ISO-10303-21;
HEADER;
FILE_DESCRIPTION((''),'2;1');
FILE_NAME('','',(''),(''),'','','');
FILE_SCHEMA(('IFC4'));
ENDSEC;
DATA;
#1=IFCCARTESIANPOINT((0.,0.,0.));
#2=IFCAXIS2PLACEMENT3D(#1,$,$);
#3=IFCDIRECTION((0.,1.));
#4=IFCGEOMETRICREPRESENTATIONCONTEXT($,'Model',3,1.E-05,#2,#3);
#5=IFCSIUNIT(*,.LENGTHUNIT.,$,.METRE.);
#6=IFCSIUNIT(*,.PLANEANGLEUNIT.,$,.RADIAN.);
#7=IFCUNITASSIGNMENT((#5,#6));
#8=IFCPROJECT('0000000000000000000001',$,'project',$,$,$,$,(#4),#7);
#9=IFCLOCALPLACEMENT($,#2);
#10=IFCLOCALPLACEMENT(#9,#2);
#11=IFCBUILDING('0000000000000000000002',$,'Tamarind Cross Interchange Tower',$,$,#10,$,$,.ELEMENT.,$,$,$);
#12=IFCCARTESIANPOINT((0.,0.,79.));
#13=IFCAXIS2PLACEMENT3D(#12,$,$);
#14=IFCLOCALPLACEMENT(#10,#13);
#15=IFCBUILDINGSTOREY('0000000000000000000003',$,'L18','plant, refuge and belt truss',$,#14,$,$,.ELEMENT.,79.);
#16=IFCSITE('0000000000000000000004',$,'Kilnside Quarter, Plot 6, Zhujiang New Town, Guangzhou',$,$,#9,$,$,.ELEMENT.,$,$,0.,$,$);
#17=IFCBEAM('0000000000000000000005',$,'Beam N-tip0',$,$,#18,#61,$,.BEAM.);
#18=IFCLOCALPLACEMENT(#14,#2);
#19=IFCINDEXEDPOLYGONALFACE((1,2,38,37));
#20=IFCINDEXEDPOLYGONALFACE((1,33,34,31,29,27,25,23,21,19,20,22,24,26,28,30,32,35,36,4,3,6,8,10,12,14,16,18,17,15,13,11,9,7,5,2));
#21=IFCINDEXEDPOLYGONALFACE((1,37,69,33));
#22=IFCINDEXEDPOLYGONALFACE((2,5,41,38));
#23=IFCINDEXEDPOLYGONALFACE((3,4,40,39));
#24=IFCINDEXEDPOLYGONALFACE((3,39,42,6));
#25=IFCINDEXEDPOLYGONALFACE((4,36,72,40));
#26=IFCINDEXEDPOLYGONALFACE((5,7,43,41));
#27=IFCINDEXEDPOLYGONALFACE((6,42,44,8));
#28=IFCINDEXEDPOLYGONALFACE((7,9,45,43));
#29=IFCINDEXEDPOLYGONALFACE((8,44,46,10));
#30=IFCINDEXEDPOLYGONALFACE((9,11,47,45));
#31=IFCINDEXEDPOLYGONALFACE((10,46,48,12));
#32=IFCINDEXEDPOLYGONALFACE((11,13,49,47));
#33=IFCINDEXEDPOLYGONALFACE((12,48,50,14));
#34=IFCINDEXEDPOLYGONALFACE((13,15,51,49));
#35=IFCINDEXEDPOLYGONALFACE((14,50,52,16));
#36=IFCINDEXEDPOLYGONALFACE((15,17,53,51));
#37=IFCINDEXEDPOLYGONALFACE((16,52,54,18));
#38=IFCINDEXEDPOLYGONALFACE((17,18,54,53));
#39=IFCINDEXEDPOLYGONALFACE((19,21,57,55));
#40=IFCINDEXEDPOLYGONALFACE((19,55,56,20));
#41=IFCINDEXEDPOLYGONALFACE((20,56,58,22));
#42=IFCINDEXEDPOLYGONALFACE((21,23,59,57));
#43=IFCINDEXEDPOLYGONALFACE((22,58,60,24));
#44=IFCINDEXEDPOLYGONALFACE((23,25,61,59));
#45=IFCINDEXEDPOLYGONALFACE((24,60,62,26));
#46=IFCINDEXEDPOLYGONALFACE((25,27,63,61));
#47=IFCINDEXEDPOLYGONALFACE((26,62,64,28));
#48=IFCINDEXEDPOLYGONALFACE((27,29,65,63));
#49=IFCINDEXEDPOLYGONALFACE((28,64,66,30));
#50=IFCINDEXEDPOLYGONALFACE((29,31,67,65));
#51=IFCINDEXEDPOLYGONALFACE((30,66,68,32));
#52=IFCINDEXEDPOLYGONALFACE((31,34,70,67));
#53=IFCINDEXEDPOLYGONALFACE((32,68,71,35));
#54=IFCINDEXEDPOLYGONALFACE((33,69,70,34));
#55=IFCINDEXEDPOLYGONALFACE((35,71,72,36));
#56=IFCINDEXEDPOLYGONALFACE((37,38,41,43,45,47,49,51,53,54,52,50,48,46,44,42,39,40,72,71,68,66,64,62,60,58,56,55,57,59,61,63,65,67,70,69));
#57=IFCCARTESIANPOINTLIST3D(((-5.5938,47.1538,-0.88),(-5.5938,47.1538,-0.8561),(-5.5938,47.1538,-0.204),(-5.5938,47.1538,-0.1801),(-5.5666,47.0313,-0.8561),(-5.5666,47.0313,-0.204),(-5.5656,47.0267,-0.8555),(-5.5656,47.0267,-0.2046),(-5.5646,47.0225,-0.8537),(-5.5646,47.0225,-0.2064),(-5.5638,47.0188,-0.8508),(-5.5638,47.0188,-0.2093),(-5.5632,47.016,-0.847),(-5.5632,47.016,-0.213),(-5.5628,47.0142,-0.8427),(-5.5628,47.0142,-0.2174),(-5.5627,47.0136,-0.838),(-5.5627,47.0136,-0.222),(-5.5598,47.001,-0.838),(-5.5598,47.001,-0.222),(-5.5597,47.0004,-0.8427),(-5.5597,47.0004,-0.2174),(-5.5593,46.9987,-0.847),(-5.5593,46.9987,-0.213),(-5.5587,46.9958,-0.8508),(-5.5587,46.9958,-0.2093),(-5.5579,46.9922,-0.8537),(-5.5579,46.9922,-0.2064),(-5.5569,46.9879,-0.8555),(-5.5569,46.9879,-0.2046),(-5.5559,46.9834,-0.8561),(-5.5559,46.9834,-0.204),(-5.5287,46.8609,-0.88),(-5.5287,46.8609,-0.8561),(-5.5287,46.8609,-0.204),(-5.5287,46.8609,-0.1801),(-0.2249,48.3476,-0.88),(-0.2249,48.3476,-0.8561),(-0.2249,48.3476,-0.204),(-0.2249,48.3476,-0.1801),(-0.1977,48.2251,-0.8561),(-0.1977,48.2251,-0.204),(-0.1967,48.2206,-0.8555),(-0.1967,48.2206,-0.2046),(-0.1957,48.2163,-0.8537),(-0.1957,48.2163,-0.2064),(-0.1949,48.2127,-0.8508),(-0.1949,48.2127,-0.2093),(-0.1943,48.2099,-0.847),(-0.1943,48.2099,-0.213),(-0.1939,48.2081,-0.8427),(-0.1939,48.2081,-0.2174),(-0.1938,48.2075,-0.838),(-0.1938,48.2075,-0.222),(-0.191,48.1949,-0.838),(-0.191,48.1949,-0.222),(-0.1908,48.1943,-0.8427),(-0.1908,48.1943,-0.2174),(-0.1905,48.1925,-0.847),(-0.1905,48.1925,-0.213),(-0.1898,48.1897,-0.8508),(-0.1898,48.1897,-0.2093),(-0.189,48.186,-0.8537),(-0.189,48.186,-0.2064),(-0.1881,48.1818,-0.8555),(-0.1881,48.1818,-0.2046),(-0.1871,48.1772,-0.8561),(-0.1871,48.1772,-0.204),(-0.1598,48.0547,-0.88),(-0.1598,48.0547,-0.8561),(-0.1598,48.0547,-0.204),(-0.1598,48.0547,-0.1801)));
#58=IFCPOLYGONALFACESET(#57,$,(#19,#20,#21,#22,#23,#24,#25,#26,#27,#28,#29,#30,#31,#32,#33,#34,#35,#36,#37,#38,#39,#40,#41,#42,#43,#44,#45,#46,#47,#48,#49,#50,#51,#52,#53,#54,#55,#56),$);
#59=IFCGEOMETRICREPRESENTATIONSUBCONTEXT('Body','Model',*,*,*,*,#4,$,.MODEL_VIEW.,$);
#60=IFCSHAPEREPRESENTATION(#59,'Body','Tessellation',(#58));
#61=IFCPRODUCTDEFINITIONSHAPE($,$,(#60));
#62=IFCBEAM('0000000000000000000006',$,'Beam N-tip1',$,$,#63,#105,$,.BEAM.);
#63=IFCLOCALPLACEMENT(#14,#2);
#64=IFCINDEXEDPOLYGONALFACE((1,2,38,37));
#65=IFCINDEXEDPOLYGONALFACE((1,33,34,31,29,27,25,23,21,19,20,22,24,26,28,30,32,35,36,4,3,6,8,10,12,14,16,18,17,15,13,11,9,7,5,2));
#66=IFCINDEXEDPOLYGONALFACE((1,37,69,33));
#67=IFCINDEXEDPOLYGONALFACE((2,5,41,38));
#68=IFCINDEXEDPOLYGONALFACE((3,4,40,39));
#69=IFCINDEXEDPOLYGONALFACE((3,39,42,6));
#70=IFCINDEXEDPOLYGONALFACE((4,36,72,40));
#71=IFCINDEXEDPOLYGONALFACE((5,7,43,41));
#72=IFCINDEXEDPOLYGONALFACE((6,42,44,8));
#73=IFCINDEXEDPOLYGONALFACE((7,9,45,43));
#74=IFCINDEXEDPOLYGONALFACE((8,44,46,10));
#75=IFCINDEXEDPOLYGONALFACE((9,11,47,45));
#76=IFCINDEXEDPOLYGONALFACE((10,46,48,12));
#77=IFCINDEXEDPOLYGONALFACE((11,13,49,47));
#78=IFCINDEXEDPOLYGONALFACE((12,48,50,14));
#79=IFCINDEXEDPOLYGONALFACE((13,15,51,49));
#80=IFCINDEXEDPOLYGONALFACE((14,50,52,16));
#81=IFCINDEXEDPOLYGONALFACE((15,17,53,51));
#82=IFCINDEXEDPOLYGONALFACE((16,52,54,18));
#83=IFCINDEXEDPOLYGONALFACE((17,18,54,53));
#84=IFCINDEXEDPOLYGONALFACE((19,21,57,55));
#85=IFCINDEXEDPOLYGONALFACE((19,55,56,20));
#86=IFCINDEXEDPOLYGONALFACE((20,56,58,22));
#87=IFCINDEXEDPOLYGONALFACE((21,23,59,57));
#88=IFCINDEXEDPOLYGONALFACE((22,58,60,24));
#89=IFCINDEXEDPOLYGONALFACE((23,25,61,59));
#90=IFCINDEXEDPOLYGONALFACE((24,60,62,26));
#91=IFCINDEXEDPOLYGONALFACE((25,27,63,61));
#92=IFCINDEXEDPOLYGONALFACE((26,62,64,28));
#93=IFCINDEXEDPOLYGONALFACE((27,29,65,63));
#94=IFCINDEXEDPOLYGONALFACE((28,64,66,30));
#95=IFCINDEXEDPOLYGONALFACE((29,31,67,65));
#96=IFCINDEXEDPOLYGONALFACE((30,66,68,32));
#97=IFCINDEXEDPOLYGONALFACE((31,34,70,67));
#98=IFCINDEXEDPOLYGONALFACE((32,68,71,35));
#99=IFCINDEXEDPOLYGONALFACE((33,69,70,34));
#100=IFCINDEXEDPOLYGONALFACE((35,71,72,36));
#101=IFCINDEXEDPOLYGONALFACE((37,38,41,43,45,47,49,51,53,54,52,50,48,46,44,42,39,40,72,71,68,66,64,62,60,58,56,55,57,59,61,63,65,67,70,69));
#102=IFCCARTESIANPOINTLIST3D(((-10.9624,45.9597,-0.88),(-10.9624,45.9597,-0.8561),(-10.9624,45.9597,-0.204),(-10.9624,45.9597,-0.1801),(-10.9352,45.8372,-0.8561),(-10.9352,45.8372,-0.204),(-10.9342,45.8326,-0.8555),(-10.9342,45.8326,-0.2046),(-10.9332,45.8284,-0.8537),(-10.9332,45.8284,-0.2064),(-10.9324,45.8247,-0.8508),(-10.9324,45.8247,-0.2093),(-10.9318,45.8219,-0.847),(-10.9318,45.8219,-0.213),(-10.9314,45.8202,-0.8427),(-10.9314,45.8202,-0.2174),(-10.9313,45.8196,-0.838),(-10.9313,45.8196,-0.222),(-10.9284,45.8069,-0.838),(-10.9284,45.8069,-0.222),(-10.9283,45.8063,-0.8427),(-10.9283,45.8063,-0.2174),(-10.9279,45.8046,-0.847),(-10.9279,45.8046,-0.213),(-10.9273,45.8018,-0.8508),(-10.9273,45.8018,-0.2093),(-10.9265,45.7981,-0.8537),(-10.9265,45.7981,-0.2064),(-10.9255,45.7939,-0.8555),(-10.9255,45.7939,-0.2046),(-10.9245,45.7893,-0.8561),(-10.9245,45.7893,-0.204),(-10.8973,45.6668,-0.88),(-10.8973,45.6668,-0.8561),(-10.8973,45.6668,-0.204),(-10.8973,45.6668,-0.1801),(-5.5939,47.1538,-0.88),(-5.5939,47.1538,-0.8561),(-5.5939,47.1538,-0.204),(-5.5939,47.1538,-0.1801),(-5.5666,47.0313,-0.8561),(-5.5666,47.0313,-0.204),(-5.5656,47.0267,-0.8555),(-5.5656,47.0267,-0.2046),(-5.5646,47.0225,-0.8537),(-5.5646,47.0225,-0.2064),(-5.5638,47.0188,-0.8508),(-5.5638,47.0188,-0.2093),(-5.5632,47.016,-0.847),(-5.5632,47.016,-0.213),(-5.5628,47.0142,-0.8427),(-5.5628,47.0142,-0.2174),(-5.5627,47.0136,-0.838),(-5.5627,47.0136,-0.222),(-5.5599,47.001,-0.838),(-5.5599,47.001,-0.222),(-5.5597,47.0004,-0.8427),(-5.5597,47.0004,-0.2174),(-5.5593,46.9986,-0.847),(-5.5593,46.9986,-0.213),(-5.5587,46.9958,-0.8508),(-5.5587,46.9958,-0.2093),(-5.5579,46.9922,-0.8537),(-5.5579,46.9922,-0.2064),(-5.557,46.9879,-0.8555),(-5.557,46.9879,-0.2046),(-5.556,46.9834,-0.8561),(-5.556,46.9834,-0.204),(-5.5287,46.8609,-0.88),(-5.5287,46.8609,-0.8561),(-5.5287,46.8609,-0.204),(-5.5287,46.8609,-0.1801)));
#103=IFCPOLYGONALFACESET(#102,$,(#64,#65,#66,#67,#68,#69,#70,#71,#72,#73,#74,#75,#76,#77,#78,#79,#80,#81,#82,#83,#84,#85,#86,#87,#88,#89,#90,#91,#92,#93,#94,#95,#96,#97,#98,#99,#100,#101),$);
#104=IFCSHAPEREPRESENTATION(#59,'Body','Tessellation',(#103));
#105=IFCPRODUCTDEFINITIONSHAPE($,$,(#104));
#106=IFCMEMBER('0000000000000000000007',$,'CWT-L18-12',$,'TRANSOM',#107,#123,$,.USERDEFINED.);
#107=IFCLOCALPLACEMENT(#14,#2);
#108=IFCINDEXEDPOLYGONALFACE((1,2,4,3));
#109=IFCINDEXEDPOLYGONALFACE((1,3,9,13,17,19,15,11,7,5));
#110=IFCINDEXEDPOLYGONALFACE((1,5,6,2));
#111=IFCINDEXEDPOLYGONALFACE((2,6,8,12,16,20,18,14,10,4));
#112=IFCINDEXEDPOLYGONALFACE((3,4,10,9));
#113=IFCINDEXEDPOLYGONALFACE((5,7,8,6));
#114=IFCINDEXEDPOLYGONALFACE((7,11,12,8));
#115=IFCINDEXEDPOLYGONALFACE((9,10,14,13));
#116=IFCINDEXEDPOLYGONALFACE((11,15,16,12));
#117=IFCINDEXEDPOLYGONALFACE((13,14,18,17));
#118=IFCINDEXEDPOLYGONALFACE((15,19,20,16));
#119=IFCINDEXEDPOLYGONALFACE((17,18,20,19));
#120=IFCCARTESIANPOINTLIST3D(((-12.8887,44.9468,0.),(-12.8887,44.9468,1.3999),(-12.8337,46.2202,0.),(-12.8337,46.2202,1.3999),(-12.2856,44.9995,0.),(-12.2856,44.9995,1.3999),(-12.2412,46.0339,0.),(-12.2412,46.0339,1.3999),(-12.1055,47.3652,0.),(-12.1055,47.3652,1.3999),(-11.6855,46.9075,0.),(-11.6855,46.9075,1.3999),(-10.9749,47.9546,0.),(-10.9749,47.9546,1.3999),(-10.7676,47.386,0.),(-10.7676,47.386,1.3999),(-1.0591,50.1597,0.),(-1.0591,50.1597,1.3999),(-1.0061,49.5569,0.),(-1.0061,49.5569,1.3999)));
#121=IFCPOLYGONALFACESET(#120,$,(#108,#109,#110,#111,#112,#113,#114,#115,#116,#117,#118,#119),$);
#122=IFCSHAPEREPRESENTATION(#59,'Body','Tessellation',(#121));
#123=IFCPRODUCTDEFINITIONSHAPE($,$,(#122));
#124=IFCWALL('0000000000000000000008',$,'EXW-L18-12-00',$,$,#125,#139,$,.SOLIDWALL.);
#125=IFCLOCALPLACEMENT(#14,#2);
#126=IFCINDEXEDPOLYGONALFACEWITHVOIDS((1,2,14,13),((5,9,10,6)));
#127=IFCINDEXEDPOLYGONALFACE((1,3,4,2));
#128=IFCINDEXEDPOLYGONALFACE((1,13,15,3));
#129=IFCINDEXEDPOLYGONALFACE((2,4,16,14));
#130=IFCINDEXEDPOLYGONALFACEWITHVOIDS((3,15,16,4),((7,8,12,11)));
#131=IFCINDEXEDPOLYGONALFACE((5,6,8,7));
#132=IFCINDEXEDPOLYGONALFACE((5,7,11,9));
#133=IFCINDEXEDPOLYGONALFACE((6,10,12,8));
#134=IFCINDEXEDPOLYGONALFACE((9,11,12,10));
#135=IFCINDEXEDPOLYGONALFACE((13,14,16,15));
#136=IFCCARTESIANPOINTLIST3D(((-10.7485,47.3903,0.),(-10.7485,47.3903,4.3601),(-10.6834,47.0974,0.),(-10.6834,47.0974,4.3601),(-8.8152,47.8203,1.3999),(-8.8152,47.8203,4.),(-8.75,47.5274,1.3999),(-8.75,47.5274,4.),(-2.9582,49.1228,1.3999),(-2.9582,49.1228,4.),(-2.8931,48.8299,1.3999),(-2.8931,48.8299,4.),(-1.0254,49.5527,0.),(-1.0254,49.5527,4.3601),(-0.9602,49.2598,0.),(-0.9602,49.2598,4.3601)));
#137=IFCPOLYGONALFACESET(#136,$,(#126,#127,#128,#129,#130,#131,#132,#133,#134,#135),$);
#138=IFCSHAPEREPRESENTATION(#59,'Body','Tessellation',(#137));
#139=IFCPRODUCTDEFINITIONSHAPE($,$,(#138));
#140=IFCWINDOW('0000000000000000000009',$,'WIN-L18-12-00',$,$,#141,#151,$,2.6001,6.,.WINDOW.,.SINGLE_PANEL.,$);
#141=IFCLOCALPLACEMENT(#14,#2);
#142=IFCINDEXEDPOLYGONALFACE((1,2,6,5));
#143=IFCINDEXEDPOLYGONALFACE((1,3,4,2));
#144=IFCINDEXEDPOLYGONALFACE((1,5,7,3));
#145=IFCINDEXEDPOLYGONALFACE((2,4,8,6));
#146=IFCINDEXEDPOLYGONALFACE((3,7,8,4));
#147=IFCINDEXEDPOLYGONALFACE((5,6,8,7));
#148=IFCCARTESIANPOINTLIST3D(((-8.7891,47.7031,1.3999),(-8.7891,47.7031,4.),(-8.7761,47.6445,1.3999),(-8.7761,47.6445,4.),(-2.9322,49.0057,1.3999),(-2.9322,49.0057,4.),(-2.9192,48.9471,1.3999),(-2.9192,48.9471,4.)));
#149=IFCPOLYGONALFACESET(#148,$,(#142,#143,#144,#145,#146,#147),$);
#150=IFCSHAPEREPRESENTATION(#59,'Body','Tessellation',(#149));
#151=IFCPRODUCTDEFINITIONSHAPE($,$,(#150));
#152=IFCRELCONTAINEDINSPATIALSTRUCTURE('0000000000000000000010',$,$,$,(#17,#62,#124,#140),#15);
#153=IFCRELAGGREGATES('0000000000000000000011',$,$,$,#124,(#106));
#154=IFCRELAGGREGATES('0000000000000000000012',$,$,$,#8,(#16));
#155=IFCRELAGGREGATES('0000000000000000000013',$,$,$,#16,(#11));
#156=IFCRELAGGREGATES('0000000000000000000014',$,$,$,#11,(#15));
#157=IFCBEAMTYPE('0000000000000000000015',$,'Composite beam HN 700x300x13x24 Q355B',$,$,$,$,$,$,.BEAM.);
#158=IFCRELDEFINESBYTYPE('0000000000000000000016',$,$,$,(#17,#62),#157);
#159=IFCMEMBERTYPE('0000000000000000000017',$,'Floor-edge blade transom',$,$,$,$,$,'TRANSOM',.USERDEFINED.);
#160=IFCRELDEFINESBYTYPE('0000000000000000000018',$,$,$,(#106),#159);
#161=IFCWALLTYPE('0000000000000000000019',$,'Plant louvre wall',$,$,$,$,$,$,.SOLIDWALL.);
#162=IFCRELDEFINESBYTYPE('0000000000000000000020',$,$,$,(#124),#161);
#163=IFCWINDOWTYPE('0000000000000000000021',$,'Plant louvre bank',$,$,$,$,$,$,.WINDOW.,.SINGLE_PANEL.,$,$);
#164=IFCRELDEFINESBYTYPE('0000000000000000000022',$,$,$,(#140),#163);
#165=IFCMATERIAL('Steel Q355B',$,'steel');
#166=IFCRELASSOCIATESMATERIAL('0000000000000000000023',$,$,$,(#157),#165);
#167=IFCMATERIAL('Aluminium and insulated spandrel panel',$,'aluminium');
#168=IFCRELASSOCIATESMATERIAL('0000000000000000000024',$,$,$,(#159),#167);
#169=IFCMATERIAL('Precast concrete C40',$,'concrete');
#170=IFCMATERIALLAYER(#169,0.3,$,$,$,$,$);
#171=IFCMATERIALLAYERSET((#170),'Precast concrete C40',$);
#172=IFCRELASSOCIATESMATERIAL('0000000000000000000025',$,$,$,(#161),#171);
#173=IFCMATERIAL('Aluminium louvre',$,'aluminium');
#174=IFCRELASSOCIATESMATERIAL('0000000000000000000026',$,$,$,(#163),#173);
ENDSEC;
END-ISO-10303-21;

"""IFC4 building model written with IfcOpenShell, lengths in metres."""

from ifc_helpers import new_model, si_unit, direction, frame, frame_2d, origin, origin_2d, place, context, subcontext, project, spatial, polyline, rectangle, i_section, outline, extrude, material, layer, layer_set, material_profile, profile_set, type_object, element, fill, aggregate, save


model = new_model("IFC4")

# Units and contexts
model_context = context("Model", 3, precision=1e-05, world=origin(), true_north=direction((0.0, 1.0)))
body_context = subcontext(model_context, "Body", "Model", "MODEL_VIEW")
ifc_project = project(units=[si_unit("LENGTHUNIT", "METRE"), si_unit("PLANEANGLEUNIT", "RADIAN")], contexts=[model_context])

# Site, building, storey
site_placement = place(None, origin())
site = spatial("IfcSite", under=ifc_project, at=site_placement, Name="Kilnside Quarter, Plot 6, Zhujiang New Town, Guangzhou", CompositionType="ELEMENT", RefElevation=0.0)
building_placement = place(site_placement, origin())
building = spatial("IfcBuilding", under=site, at=building_placement, Name="Tamarind Cross Interchange Tower", CompositionType="ELEMENT")
storey_placement = place(building_placement, frame((0.0, 0.0, 79.0)))
storey = spatial("IfcBuildingStorey", under=building, at=storey_placement, Name="L18", Description="plant, refuge and belt truss", CompositionType="ELEMENT", Elevation=79.0)

# Beams
ifc_material_1 = material(Name="Steel Q355B", Category="steel")
ifc_material_profile_1 = material_profile(ifc_material_1, i_section(OverallWidth=0.3, OverallDepth=0.7, WebThickness=0.0129, FlangeThickness=0.0239, FilletRadius=0.0181, at=origin_2d()), Name="HN 700x300x13x24")
ifc_profile_set_1 = profile_set([ifc_material_profile_1], Name="Steel Q355B")
beam_type_1 = type_object("IfcBeamType", Name="Composite beam HN 700x300x13x24 Q355B", PredefinedType="BEAM", material=ifc_profile_set_1)
beam_1_placement = place(storey_placement, frame((-0.1924, 48.2012, -0.53), z_axis=(-0.976158, -0.217062, 0.0), x_axis=(0.217062, -0.976158, 0.0)))
element("IfcBeam", 1, at=beam_1_placement, inside=storey, type_object=beam_type_1, Name="Beam N-tip0", PredefinedType="BEAM", context=body_context, shape_type="SweptSolid", body=[
    extrude(i_section(OverallWidth=0.3, OverallDepth=0.7, WebThickness=0.0129, FlangeThickness=0.0239, FilletRadius=0.0181, at=origin_2d()), origin(), (0.0, 0.0, 1.0), 5.5),
])
beam_2_placement = place(storey_placement, frame((-5.5613, 47.0073, -0.53), z_axis=(-0.976146, -0.217114, 0.0), x_axis=(0.217114, -0.976146, 0.0)))
element("IfcBeam", 2, at=beam_2_placement, inside=storey, type_object=beam_type_1, Name="Beam N-tip1", PredefinedType="BEAM", context=body_context, shape_type="SweptSolid", body=[
    extrude(i_section(OverallWidth=0.3, OverallDepth=0.7, WebThickness=0.0129, FlangeThickness=0.0239, FilletRadius=0.0181, at=origin_2d()), origin(), (0.0, 0.0, 1.0), 5.4998),
])

# Member
ifc_material_2 = material(Name="Aluminium and insulated spandrel panel", Category="aluminium")
member_type_1 = type_object("IfcMemberType", Name="Floor-edge blade transom", ElementType="TRANSOM", PredefinedType="USERDEFINED", material=ifc_material_2)
member_1_placement = place(storey_placement, origin())
member_1 = element("IfcMember", 3, at=member_1_placement, type_object=member_type_1, Name="CWT-L18-12", ObjectType="TRANSOM", PredefinedType="USERDEFINED", context=body_context, shape_type="SweptSolid", body=[
    extrude(outline(polyline([(-1.0061, 49.5569), (-10.7676, 47.386), (-11.6855, 46.9075), (-12.2412, 46.0339), (-12.2856, 44.9995), (-12.8887, 44.9468), (-12.8337, 46.2202), (-12.1055, 47.3652), (-10.9749, 47.9546), (-1.0591, 50.1597), (-1.0061, 49.5569)])), origin(), (0.0, 0.0, 1.0), 1.3999),
])

# Wall, opening, window
ifc_material_3 = material(Name="Precast concrete C40", Category="concrete")
ifc_layer_1 = layer(ifc_material_3, 0.3)
ifc_layer_set_1 = layer_set([ifc_layer_1], Name="Precast concrete C40")
wall_type_1 = type_object("IfcWallType", Name="Plant louvre wall", PredefinedType="SOLIDWALL", material=ifc_layer_set_1)
wall_1_placement = place(storey_placement, frame((-0.9927, 49.4062, 0.0), z_axis=(0.0, 0.0, 1.0), x_axis=(-0.976152, -0.217089, 0.0)))
wall_1 = element("IfcWall", 4, at=wall_1_placement, inside=storey, type_object=wall_type_1, Name="EXW-L18-12-00", PredefinedType="SOLIDWALL", context=body_context, shape_type="SweptSolid", body=[
    extrude(rectangle(XDim=9.9607, YDim=0.3, at=frame_2d((4.9805, 0.0))), origin(), (0.0, 0.0, 1.0), 4.3601),
])
opening_1_placement = place(wall_1_placement, frame((1.9802, 0.0, 1.3999)))
opening_1 = element("IfcOpeningElement", 5, at=opening_1_placement, cuts=wall_1, PredefinedType="OPENING", context=body_context, shape_type="SweptSolid", body=[
    extrude(rectangle(XDim=6.0, YDim=2.6001, at=frame_2d((3.0, 1.3))), frame((0.0, 0.1599, 0.0), z_axis=(0.0, -1.0, 0.0), x_axis=(1.0, 0.0, 0.0)), (0.0, 0.0, 1.0), 0.3201),
])
ifc_material_4 = material(Name="Aluminium louvre", Category="aluminium")
window_type_1 = type_object("IfcWindowType", Name="Plant louvre bank", PartitioningType="SINGLE_PANEL", PredefinedType="WINDOW", material=ifc_material_4)
window_1_placement = place(opening_1_placement, origin())
window_1 = element("IfcWindow", 6, at=window_1_placement, inside=storey, type_object=window_type_1, Name="WIN-L18-12-00", OverallHeight=2.6001, OverallWidth=6.0, PartitioningType="SINGLE_PANEL", PredefinedType="WINDOW", context=body_context, shape_type="SweptSolid", body=[
    extrude(rectangle(XDim=6.0, YDim=2.6001, at=frame_2d((3.0, 1.3))), frame((0.0, 0.03, 0.0), z_axis=(0.0, -1.0, 0.0), x_axis=(1.0, 0.0, 0.0)), (0.0, 0.0, 1.0), 0.0601),
])
fill(opening_1, window_1)
aggregate(wall_1, [member_1])

save(model, "model.ifc")
